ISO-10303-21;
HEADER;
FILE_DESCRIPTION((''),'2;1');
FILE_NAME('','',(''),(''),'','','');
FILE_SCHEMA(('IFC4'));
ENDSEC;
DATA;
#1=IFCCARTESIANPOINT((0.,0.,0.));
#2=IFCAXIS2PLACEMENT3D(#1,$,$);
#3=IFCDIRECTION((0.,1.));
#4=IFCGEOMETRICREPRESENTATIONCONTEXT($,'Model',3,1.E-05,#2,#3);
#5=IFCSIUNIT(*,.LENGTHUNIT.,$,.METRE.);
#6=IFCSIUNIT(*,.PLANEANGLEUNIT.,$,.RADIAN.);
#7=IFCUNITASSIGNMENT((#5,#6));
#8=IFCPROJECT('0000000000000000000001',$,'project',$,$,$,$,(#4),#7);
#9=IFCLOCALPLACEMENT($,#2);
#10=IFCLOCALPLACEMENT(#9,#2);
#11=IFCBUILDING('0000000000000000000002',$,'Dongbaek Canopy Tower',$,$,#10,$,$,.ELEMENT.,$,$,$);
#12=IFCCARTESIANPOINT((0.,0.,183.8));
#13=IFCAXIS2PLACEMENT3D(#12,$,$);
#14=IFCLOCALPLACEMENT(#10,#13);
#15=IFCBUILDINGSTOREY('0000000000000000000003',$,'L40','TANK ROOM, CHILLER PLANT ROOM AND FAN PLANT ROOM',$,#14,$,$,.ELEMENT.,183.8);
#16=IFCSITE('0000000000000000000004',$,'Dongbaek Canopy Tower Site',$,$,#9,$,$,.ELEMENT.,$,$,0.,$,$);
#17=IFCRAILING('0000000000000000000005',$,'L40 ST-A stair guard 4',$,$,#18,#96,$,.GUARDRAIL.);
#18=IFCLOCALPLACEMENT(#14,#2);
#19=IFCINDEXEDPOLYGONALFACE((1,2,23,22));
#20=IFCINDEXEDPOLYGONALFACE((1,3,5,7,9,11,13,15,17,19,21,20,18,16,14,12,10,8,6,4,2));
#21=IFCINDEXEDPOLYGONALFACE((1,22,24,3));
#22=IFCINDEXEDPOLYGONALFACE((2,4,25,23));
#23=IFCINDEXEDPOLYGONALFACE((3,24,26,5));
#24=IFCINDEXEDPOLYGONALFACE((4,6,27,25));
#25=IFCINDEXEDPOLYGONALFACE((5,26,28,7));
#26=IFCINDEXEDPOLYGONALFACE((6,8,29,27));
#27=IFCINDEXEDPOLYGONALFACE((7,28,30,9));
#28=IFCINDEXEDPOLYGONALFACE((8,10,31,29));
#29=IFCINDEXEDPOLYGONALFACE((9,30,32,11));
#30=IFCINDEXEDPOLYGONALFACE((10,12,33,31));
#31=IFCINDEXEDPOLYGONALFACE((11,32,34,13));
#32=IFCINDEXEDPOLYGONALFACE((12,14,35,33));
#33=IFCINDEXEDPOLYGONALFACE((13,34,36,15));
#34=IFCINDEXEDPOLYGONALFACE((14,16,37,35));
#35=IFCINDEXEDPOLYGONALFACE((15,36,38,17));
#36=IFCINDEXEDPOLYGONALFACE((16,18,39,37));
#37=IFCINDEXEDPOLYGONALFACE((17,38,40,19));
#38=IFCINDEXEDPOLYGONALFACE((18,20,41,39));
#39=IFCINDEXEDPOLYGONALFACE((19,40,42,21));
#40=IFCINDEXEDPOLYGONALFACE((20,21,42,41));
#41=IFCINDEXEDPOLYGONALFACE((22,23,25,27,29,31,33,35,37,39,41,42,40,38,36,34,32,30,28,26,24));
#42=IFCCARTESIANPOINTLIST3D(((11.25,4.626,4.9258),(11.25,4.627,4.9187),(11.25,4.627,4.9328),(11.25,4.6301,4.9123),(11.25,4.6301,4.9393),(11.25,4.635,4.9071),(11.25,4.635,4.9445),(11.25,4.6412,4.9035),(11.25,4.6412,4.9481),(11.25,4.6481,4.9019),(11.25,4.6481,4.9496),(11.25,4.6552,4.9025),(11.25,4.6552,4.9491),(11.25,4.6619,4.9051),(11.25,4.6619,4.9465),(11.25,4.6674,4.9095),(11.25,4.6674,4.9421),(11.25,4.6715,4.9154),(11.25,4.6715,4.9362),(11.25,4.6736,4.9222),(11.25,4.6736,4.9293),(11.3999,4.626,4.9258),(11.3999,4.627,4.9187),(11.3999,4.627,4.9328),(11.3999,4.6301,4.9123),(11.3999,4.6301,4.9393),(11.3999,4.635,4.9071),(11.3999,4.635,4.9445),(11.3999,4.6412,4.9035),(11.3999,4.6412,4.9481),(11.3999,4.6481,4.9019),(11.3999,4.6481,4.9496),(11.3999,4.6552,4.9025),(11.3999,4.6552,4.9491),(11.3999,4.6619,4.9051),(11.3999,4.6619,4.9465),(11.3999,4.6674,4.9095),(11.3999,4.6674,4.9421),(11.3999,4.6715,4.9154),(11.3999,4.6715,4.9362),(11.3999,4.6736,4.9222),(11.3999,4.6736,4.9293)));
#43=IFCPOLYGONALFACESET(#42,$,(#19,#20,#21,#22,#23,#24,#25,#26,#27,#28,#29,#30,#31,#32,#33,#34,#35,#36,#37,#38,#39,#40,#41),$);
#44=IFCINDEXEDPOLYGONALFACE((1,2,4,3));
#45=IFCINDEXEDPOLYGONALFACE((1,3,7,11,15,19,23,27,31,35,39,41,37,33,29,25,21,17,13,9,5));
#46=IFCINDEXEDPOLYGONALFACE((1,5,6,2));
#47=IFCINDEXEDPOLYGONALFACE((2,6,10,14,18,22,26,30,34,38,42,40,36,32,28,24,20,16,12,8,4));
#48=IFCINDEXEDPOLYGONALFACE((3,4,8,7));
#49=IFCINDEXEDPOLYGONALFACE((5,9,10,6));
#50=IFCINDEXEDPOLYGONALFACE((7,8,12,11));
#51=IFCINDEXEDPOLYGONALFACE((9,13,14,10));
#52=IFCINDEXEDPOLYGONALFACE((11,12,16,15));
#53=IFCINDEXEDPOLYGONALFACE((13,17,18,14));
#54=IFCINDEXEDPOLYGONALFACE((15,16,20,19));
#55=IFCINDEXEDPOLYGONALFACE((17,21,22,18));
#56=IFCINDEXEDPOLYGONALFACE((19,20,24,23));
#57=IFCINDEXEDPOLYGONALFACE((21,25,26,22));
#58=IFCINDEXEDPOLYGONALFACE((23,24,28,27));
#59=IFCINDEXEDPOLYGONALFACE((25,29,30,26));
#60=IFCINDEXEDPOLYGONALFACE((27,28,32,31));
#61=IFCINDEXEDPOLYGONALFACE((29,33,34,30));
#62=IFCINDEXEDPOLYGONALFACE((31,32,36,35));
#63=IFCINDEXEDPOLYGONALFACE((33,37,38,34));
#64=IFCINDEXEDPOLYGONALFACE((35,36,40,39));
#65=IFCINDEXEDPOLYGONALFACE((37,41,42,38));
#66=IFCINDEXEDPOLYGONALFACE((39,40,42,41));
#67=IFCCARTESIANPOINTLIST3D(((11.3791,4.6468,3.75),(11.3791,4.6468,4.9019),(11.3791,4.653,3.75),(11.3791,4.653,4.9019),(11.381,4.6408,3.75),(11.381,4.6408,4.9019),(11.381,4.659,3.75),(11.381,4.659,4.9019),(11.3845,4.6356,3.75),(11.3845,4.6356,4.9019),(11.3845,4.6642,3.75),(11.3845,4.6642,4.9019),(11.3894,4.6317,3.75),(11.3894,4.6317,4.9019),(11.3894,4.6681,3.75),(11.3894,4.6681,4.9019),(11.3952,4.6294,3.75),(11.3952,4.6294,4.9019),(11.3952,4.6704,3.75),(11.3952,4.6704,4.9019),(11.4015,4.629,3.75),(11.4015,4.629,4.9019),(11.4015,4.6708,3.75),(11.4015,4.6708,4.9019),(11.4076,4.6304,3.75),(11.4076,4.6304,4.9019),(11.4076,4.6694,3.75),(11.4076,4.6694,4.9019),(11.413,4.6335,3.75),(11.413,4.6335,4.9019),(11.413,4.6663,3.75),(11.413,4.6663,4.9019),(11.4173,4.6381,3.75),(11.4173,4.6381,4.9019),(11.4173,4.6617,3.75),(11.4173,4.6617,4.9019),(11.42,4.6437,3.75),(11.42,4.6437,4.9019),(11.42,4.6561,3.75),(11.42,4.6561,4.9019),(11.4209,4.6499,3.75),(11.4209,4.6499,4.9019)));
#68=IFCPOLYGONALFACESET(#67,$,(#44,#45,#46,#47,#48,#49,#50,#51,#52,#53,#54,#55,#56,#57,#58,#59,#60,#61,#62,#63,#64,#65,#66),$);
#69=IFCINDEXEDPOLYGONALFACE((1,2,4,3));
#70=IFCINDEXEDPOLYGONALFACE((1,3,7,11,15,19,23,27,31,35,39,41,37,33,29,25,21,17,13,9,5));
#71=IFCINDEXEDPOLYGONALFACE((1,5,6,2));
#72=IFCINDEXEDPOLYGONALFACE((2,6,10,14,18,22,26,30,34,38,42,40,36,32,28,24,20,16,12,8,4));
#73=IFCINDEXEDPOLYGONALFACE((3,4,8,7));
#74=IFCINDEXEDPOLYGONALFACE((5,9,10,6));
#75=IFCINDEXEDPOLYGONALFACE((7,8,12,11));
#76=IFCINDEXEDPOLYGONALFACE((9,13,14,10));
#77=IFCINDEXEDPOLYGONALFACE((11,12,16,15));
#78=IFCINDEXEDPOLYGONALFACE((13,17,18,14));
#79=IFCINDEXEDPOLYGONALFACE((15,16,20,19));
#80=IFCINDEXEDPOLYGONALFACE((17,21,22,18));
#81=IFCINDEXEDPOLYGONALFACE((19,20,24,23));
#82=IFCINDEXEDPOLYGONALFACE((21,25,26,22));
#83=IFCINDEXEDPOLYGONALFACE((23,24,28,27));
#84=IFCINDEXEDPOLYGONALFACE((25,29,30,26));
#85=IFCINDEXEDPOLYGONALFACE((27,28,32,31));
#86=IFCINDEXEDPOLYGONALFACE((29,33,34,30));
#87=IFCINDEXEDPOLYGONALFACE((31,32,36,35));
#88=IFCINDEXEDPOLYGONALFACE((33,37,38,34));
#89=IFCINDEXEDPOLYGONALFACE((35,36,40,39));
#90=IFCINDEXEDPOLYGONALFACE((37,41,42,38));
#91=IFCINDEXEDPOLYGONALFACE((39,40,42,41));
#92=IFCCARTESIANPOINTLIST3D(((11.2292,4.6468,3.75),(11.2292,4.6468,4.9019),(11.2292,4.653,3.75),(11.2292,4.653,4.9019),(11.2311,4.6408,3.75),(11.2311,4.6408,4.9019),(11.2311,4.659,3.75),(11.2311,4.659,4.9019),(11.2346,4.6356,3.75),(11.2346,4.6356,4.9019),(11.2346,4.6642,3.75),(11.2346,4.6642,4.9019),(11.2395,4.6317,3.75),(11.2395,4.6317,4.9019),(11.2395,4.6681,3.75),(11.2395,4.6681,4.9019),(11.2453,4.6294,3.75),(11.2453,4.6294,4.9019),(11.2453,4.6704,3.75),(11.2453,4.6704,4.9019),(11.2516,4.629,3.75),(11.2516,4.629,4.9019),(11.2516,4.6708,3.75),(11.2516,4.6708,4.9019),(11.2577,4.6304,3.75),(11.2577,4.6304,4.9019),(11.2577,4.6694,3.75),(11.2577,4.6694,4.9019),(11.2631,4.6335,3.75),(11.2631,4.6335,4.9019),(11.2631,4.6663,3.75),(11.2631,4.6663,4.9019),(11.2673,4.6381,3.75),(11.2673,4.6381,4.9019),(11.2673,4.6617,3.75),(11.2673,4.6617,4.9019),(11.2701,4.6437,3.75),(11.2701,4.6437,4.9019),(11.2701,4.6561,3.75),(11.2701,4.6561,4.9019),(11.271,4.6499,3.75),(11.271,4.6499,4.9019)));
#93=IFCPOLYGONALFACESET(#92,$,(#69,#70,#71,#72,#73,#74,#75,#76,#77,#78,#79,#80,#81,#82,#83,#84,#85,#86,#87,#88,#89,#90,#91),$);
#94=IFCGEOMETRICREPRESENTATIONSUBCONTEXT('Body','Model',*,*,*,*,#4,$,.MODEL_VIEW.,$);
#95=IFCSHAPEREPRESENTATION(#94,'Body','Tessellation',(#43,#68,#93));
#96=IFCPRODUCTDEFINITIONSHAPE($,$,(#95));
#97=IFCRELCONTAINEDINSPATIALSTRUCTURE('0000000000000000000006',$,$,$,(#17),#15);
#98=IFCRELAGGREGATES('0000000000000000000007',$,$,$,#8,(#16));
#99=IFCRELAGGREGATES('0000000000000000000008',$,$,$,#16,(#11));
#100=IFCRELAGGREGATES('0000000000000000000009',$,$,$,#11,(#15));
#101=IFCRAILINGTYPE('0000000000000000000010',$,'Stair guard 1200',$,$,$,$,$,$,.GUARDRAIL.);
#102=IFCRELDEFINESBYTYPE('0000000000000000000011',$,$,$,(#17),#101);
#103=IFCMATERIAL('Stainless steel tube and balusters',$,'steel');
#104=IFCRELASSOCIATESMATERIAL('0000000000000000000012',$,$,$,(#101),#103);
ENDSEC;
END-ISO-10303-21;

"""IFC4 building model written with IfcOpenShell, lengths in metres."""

from ifc_helpers import new_model, si_unit, direction, frame, origin, origin_2d, place, context, subcontext, project, spatial, circle, extrude, material, type_object, element, save


model = new_model("IFC4")

# Units and contexts
model_context = context("Model", 3, precision=1e-05, world=origin(), true_north=direction((0.0, 1.0)))
body_context = subcontext(model_context, "Body", "Model", "MODEL_VIEW")
ifc_project = project(units=[si_unit("LENGTHUNIT", "METRE"), si_unit("PLANEANGLEUNIT", "RADIAN")], contexts=[model_context])

# Site, building, storey
site_placement = place(None, origin())
site = spatial("IfcSite", under=ifc_project, at=site_placement, Name="Dongbaek Canopy Tower Site", CompositionType="ELEMENT", RefElevation=0.0)
building_placement = place(site_placement, origin())
building = spatial("IfcBuilding", under=site, at=building_placement, Name="Dongbaek Canopy Tower", CompositionType="ELEMENT")
storey_placement = place(building_placement, frame((0.0, 0.0, 183.8)))
storey = spatial("IfcBuildingStorey", under=building, at=storey_placement, Name="L40", Description="TANK ROOM, CHILLER PLANT ROOM AND FAN PLANT ROOM", CompositionType="ELEMENT", Elevation=183.8)

# Railing
ifc_material_1 = material(Name="Stainless steel tube and balusters", Category="steel")
railing_type_1 = type_object("IfcRailingType", Name="Stair guard 1200", PredefinedType="GUARDRAIL", material=ifc_material_1)
railing_1_placement = place(storey_placement, frame((11.3999, 4.6499, 3.75)))
element("IfcRailing", 1, at=railing_1_placement, inside=storey, type_object=railing_type_1, Name="L40 ST-A stair guard 4", PredefinedType="GUARDRAIL", context=body_context, shape_type="SweptSolid", body=[
    extrude(circle(Radius=0.0239, at=origin_2d()), frame((0.0, 0.0, 1.1758), z_axis=(-1.0, 0.0, 0.0), x_axis=(0.0, -1.0, 0.0)), (0.0, 0.0, 1.0), 0.1499),
    extrude(circle(Radius=0.021, at=origin_2d()), origin(), (0.0, 0.0, 1.0), 1.1519),
    extrude(circle(Radius=0.021, at=origin_2d()), frame((-0.1499, 0.0, 0.0)), (0.0, 0.0, 1.0), 1.1519),
])

save(model, "model.ifc")
